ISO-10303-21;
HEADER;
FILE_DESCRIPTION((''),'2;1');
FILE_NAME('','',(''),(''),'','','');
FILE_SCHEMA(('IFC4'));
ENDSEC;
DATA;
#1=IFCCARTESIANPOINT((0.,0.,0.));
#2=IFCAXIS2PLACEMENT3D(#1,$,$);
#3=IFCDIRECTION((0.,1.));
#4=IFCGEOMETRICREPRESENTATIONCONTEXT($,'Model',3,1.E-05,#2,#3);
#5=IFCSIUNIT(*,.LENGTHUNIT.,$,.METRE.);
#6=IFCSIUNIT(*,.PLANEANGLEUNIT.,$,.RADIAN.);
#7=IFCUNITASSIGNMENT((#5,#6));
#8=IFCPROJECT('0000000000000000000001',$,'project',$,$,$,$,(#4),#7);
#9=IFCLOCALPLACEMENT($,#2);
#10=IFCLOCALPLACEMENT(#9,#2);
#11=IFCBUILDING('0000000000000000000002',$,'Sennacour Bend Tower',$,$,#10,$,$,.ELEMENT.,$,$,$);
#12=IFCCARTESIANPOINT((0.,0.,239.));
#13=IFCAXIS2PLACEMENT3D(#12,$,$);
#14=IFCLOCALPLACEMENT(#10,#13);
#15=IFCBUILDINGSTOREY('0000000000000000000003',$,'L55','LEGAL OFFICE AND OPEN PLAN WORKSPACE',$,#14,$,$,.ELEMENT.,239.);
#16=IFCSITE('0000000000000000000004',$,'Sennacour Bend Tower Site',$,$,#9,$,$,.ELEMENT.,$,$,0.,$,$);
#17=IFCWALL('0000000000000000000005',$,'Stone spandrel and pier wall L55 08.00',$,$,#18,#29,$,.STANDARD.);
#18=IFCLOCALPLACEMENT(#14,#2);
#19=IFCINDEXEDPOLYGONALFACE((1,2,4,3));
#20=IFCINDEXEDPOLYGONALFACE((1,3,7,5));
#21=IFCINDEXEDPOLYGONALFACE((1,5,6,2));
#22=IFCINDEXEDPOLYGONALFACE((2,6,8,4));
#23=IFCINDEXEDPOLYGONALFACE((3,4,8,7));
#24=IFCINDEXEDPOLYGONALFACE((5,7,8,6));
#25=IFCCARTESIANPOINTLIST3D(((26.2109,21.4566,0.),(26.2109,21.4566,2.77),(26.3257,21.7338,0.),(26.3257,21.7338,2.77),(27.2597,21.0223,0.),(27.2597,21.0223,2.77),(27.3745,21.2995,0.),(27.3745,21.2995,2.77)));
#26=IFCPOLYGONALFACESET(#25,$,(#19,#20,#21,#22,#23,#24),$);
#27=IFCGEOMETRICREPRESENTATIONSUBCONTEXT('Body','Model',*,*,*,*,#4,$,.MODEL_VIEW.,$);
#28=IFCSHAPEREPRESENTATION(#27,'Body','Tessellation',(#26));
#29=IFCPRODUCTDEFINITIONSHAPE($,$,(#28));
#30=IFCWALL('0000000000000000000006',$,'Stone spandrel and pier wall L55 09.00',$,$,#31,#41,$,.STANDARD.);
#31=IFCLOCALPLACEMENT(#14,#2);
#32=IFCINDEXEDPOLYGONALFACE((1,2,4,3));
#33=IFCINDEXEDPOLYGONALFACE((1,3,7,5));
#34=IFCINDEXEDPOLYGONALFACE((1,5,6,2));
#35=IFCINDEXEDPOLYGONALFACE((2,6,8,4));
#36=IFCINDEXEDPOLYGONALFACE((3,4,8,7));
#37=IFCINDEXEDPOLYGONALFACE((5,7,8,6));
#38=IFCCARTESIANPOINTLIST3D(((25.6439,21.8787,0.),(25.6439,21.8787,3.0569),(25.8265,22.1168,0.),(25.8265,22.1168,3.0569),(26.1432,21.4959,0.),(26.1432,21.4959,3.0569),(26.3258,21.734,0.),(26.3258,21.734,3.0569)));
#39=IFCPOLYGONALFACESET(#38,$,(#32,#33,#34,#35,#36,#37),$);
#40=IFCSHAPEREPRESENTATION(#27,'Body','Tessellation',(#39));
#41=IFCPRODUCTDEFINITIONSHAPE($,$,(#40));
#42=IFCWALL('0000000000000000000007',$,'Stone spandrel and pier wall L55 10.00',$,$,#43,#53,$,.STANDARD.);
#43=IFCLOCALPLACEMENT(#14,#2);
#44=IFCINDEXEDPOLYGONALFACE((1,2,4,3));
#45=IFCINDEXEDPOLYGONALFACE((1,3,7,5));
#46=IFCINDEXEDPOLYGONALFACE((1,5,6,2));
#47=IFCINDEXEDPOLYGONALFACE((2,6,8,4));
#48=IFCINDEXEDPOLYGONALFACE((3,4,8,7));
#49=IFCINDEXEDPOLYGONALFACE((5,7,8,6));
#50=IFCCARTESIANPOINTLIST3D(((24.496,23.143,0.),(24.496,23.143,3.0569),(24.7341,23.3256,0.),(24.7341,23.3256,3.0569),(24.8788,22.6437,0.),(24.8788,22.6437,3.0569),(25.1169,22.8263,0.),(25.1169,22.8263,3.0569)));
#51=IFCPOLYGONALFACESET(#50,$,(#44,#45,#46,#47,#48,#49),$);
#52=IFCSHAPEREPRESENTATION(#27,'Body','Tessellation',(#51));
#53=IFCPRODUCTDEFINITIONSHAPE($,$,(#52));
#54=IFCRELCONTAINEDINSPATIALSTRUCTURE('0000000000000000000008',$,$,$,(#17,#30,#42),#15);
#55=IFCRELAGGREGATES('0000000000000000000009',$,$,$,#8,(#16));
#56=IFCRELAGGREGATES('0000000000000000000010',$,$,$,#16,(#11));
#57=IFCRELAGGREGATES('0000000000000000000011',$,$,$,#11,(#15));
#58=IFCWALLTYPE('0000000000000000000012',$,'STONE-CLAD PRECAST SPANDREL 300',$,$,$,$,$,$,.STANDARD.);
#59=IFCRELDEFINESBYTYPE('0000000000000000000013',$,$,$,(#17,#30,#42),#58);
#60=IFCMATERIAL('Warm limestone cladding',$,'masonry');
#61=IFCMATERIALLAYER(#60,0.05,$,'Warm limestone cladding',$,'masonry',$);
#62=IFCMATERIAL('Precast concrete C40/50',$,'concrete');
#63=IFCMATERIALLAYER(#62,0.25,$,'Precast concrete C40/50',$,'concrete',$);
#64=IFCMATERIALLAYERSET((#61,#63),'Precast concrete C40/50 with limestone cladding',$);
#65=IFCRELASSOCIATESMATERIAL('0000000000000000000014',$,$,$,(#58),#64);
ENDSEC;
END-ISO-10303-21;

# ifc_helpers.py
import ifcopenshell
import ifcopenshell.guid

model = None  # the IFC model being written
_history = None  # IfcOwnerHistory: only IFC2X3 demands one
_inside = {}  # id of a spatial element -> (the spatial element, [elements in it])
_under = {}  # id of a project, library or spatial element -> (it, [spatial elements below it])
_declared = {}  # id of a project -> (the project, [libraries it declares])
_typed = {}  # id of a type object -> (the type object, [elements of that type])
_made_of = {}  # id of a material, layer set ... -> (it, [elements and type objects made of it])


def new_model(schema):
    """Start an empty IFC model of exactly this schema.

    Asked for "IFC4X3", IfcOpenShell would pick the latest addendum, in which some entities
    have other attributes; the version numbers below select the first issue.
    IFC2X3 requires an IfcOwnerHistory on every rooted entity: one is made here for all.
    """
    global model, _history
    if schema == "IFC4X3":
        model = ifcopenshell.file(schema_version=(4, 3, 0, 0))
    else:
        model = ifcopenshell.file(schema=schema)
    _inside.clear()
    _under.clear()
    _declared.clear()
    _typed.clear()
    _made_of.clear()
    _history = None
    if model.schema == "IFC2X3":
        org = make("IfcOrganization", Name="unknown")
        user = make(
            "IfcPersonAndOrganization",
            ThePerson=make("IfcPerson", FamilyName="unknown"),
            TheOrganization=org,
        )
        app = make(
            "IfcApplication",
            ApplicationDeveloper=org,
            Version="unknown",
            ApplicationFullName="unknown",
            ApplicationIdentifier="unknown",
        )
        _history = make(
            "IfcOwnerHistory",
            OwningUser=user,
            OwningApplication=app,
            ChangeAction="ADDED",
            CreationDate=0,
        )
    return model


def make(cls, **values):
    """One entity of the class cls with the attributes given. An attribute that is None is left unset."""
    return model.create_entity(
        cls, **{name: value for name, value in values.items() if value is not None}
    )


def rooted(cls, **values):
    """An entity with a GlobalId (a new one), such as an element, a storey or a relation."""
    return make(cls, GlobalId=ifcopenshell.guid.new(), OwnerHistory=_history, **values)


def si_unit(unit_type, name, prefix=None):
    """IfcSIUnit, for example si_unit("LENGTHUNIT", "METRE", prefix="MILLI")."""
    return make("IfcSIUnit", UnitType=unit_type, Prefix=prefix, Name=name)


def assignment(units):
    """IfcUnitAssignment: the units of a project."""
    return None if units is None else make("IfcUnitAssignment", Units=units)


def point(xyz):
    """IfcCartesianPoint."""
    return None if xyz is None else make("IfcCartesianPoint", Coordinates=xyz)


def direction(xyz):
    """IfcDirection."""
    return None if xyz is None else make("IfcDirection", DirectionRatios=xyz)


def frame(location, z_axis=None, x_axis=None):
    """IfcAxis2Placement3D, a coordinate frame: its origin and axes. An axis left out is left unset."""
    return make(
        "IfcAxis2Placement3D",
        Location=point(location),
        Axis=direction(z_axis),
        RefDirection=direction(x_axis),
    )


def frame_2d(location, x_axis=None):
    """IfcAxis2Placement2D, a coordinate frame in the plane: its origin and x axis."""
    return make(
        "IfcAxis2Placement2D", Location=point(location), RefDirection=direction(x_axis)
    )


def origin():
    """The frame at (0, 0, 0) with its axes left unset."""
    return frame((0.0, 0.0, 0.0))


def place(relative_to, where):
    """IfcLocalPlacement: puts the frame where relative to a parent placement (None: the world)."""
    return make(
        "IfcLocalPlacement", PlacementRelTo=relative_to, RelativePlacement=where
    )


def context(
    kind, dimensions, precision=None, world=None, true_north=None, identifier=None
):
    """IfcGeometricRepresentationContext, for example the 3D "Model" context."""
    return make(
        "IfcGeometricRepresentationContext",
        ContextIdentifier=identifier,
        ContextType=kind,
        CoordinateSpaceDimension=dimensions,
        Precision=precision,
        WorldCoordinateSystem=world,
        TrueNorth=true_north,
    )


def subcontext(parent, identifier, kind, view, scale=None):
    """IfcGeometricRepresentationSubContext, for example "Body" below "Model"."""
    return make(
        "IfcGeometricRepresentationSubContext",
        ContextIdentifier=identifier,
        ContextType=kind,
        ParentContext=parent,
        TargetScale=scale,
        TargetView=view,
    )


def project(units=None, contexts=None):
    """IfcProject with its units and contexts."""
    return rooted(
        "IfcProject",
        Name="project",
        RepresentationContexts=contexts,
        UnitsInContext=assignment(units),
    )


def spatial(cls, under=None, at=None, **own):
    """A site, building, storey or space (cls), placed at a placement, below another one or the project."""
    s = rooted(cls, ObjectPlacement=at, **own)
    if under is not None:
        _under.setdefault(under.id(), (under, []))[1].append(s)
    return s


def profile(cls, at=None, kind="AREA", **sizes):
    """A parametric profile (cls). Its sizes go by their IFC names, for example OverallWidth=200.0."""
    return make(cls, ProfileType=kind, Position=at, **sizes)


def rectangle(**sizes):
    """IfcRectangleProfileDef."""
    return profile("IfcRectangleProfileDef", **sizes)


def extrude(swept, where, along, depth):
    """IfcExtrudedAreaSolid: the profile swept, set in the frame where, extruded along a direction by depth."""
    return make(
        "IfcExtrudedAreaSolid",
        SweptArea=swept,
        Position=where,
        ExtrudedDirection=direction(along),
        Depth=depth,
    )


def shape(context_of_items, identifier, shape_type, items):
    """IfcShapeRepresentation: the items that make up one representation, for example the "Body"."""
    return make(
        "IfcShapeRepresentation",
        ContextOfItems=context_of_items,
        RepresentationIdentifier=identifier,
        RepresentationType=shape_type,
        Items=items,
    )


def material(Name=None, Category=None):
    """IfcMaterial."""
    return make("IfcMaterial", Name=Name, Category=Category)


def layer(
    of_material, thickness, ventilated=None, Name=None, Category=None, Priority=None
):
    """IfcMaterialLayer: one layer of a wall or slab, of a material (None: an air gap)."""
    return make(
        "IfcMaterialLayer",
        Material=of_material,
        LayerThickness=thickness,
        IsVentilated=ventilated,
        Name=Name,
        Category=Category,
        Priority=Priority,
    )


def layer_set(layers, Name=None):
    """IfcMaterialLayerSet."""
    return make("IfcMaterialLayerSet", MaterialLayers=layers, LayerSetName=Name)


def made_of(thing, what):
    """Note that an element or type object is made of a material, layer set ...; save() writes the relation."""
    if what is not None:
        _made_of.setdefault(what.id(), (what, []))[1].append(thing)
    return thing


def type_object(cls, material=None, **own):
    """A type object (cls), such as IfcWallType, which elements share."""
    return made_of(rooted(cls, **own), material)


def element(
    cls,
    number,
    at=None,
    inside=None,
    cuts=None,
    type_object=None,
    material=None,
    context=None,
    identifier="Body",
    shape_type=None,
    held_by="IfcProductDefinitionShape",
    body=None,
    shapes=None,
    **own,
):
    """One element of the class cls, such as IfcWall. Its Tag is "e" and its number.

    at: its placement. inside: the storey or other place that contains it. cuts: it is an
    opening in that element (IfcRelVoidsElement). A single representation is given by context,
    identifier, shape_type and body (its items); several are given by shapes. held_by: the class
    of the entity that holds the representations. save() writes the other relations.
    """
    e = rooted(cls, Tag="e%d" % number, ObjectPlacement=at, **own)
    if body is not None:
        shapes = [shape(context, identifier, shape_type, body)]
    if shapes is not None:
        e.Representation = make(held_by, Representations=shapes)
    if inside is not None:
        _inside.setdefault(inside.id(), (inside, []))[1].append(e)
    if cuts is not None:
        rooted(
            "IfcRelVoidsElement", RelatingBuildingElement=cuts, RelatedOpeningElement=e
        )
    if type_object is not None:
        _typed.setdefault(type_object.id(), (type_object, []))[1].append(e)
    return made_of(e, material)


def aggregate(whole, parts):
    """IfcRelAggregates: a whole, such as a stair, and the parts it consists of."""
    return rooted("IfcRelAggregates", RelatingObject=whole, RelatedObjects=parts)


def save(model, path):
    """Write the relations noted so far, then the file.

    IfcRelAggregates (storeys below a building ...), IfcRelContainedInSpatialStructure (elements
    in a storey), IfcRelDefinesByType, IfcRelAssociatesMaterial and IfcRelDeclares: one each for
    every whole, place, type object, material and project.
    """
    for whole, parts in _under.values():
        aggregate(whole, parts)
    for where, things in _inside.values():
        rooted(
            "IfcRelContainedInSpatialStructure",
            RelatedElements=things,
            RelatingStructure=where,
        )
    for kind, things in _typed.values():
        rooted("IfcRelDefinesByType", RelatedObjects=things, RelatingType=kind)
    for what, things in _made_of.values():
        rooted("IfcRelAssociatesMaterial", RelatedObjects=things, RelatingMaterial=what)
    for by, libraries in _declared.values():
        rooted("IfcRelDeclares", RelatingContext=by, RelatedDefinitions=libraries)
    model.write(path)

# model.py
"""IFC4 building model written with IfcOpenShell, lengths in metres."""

from ifc_helpers import new_model, si_unit, direction, frame, frame_2d, origin, place, context, subcontext, project, spatial, rectangle, extrude, material, layer, layer_set, type_object, element, save


model = new_model("IFC4")

# Units and contexts
model_context = context("Model", 3, precision=1e-05, world=origin(), true_north=direction((0.0, 1.0)))
body_context = subcontext(model_context, "Body", "Model", "MODEL_VIEW")
ifc_project = project(units=[si_unit("LENGTHUNIT", "METRE"), si_unit("PLANEANGLEUNIT", "RADIAN")], contexts=[model_context])

# Site, building, storey
site_placement = place(None, origin())
site = spatial("IfcSite", under=ifc_project, at=site_placement, Name="Sennacour Bend Tower Site", CompositionType="ELEMENT", RefElevation=0.0)
building_placement = place(site_placement, origin())
building = spatial("IfcBuilding", under=site, at=building_placement, Name="Sennacour Bend Tower", CompositionType="ELEMENT")
storey_placement = place(building_placement, frame((0.0, 0.0, 239.0)))
storey = spatial("IfcBuildingStorey", under=building, at=storey_placement, Name="L55", Description="LEGAL OFFICE AND OPEN PLAN WORKSPACE", CompositionType="ELEMENT", Elevation=239.0)

# Shared definitions
ifc_material_1 = material(Name="Warm limestone cladding", Category="masonry")
ifc_layer_1 = layer(ifc_material_1, 0.05, Name="Warm limestone cladding", Category="masonry")
ifc_material_2 = material(Name="Precast concrete C40/50", Category="concrete")
ifc_layer_2 = layer(ifc_material_2, 0.25, Name="Precast concrete C40/50", Category="concrete")
ifc_layer_set_1 = layer_set([ifc_layer_1, ifc_layer_2], Name="Precast concrete C40/50 with limestone cladding")
wall_type_1 = type_object("IfcWallType", Name="STONE-CLAD PRECAST SPANDREL 300", PredefinedType="STANDARD", material=ifc_layer_set_1)

# Walls
wall_1_placement = place(storey_placement, frame((27.3171, 21.1609, 0.0), z_axis=(0.0, 0.0, 1.0), x_axis=(-0.923915, 0.382599, 0.0)))
element("IfcWall", 1, at=wall_1_placement, inside=storey, type_object=wall_type_1, Name="Stone spandrel and pier wall L55 08.00", PredefinedType="STANDARD", context=body_context, shape_type="SweptSolid", body=[
    extrude(rectangle(XDim=1.1353, YDim=0.3, at=frame_2d((0.5676, 0.0))), origin(), (0.0, 0.0, 1.0), 2.77),
])
for number, where, z_axis, x_axis, name in (
    (2, (26.2344, 21.615, 0.0), (0.0, 0.0, 1.0), (-0.793575, 0.608472, 0.0), "Stone spandrel and pier wall L55 09.00"),
    (3, (24.9978, 22.7351, 0.0), (0.0, 0.0, 1.0), (-0.608472, 0.793575, 0.0), "Stone spandrel and pier wall L55 10.00"),
):
    element("IfcWall", number, at=place(storey_placement, frame(where, z_axis=z_axis, x_axis=x_axis)), inside=storey, type_object=wall_type_1, Name=name, PredefinedType="STANDARD", context=body_context, shape_type="SweptSolid", body=[
        extrude(rectangle(XDim=0.6292, YDim=0.3, at=frame_2d((0.3145, 0.0))), origin(), (0.0, 0.0, 1.0), 3.0569),
    ])

save(model, "model.ifc")
